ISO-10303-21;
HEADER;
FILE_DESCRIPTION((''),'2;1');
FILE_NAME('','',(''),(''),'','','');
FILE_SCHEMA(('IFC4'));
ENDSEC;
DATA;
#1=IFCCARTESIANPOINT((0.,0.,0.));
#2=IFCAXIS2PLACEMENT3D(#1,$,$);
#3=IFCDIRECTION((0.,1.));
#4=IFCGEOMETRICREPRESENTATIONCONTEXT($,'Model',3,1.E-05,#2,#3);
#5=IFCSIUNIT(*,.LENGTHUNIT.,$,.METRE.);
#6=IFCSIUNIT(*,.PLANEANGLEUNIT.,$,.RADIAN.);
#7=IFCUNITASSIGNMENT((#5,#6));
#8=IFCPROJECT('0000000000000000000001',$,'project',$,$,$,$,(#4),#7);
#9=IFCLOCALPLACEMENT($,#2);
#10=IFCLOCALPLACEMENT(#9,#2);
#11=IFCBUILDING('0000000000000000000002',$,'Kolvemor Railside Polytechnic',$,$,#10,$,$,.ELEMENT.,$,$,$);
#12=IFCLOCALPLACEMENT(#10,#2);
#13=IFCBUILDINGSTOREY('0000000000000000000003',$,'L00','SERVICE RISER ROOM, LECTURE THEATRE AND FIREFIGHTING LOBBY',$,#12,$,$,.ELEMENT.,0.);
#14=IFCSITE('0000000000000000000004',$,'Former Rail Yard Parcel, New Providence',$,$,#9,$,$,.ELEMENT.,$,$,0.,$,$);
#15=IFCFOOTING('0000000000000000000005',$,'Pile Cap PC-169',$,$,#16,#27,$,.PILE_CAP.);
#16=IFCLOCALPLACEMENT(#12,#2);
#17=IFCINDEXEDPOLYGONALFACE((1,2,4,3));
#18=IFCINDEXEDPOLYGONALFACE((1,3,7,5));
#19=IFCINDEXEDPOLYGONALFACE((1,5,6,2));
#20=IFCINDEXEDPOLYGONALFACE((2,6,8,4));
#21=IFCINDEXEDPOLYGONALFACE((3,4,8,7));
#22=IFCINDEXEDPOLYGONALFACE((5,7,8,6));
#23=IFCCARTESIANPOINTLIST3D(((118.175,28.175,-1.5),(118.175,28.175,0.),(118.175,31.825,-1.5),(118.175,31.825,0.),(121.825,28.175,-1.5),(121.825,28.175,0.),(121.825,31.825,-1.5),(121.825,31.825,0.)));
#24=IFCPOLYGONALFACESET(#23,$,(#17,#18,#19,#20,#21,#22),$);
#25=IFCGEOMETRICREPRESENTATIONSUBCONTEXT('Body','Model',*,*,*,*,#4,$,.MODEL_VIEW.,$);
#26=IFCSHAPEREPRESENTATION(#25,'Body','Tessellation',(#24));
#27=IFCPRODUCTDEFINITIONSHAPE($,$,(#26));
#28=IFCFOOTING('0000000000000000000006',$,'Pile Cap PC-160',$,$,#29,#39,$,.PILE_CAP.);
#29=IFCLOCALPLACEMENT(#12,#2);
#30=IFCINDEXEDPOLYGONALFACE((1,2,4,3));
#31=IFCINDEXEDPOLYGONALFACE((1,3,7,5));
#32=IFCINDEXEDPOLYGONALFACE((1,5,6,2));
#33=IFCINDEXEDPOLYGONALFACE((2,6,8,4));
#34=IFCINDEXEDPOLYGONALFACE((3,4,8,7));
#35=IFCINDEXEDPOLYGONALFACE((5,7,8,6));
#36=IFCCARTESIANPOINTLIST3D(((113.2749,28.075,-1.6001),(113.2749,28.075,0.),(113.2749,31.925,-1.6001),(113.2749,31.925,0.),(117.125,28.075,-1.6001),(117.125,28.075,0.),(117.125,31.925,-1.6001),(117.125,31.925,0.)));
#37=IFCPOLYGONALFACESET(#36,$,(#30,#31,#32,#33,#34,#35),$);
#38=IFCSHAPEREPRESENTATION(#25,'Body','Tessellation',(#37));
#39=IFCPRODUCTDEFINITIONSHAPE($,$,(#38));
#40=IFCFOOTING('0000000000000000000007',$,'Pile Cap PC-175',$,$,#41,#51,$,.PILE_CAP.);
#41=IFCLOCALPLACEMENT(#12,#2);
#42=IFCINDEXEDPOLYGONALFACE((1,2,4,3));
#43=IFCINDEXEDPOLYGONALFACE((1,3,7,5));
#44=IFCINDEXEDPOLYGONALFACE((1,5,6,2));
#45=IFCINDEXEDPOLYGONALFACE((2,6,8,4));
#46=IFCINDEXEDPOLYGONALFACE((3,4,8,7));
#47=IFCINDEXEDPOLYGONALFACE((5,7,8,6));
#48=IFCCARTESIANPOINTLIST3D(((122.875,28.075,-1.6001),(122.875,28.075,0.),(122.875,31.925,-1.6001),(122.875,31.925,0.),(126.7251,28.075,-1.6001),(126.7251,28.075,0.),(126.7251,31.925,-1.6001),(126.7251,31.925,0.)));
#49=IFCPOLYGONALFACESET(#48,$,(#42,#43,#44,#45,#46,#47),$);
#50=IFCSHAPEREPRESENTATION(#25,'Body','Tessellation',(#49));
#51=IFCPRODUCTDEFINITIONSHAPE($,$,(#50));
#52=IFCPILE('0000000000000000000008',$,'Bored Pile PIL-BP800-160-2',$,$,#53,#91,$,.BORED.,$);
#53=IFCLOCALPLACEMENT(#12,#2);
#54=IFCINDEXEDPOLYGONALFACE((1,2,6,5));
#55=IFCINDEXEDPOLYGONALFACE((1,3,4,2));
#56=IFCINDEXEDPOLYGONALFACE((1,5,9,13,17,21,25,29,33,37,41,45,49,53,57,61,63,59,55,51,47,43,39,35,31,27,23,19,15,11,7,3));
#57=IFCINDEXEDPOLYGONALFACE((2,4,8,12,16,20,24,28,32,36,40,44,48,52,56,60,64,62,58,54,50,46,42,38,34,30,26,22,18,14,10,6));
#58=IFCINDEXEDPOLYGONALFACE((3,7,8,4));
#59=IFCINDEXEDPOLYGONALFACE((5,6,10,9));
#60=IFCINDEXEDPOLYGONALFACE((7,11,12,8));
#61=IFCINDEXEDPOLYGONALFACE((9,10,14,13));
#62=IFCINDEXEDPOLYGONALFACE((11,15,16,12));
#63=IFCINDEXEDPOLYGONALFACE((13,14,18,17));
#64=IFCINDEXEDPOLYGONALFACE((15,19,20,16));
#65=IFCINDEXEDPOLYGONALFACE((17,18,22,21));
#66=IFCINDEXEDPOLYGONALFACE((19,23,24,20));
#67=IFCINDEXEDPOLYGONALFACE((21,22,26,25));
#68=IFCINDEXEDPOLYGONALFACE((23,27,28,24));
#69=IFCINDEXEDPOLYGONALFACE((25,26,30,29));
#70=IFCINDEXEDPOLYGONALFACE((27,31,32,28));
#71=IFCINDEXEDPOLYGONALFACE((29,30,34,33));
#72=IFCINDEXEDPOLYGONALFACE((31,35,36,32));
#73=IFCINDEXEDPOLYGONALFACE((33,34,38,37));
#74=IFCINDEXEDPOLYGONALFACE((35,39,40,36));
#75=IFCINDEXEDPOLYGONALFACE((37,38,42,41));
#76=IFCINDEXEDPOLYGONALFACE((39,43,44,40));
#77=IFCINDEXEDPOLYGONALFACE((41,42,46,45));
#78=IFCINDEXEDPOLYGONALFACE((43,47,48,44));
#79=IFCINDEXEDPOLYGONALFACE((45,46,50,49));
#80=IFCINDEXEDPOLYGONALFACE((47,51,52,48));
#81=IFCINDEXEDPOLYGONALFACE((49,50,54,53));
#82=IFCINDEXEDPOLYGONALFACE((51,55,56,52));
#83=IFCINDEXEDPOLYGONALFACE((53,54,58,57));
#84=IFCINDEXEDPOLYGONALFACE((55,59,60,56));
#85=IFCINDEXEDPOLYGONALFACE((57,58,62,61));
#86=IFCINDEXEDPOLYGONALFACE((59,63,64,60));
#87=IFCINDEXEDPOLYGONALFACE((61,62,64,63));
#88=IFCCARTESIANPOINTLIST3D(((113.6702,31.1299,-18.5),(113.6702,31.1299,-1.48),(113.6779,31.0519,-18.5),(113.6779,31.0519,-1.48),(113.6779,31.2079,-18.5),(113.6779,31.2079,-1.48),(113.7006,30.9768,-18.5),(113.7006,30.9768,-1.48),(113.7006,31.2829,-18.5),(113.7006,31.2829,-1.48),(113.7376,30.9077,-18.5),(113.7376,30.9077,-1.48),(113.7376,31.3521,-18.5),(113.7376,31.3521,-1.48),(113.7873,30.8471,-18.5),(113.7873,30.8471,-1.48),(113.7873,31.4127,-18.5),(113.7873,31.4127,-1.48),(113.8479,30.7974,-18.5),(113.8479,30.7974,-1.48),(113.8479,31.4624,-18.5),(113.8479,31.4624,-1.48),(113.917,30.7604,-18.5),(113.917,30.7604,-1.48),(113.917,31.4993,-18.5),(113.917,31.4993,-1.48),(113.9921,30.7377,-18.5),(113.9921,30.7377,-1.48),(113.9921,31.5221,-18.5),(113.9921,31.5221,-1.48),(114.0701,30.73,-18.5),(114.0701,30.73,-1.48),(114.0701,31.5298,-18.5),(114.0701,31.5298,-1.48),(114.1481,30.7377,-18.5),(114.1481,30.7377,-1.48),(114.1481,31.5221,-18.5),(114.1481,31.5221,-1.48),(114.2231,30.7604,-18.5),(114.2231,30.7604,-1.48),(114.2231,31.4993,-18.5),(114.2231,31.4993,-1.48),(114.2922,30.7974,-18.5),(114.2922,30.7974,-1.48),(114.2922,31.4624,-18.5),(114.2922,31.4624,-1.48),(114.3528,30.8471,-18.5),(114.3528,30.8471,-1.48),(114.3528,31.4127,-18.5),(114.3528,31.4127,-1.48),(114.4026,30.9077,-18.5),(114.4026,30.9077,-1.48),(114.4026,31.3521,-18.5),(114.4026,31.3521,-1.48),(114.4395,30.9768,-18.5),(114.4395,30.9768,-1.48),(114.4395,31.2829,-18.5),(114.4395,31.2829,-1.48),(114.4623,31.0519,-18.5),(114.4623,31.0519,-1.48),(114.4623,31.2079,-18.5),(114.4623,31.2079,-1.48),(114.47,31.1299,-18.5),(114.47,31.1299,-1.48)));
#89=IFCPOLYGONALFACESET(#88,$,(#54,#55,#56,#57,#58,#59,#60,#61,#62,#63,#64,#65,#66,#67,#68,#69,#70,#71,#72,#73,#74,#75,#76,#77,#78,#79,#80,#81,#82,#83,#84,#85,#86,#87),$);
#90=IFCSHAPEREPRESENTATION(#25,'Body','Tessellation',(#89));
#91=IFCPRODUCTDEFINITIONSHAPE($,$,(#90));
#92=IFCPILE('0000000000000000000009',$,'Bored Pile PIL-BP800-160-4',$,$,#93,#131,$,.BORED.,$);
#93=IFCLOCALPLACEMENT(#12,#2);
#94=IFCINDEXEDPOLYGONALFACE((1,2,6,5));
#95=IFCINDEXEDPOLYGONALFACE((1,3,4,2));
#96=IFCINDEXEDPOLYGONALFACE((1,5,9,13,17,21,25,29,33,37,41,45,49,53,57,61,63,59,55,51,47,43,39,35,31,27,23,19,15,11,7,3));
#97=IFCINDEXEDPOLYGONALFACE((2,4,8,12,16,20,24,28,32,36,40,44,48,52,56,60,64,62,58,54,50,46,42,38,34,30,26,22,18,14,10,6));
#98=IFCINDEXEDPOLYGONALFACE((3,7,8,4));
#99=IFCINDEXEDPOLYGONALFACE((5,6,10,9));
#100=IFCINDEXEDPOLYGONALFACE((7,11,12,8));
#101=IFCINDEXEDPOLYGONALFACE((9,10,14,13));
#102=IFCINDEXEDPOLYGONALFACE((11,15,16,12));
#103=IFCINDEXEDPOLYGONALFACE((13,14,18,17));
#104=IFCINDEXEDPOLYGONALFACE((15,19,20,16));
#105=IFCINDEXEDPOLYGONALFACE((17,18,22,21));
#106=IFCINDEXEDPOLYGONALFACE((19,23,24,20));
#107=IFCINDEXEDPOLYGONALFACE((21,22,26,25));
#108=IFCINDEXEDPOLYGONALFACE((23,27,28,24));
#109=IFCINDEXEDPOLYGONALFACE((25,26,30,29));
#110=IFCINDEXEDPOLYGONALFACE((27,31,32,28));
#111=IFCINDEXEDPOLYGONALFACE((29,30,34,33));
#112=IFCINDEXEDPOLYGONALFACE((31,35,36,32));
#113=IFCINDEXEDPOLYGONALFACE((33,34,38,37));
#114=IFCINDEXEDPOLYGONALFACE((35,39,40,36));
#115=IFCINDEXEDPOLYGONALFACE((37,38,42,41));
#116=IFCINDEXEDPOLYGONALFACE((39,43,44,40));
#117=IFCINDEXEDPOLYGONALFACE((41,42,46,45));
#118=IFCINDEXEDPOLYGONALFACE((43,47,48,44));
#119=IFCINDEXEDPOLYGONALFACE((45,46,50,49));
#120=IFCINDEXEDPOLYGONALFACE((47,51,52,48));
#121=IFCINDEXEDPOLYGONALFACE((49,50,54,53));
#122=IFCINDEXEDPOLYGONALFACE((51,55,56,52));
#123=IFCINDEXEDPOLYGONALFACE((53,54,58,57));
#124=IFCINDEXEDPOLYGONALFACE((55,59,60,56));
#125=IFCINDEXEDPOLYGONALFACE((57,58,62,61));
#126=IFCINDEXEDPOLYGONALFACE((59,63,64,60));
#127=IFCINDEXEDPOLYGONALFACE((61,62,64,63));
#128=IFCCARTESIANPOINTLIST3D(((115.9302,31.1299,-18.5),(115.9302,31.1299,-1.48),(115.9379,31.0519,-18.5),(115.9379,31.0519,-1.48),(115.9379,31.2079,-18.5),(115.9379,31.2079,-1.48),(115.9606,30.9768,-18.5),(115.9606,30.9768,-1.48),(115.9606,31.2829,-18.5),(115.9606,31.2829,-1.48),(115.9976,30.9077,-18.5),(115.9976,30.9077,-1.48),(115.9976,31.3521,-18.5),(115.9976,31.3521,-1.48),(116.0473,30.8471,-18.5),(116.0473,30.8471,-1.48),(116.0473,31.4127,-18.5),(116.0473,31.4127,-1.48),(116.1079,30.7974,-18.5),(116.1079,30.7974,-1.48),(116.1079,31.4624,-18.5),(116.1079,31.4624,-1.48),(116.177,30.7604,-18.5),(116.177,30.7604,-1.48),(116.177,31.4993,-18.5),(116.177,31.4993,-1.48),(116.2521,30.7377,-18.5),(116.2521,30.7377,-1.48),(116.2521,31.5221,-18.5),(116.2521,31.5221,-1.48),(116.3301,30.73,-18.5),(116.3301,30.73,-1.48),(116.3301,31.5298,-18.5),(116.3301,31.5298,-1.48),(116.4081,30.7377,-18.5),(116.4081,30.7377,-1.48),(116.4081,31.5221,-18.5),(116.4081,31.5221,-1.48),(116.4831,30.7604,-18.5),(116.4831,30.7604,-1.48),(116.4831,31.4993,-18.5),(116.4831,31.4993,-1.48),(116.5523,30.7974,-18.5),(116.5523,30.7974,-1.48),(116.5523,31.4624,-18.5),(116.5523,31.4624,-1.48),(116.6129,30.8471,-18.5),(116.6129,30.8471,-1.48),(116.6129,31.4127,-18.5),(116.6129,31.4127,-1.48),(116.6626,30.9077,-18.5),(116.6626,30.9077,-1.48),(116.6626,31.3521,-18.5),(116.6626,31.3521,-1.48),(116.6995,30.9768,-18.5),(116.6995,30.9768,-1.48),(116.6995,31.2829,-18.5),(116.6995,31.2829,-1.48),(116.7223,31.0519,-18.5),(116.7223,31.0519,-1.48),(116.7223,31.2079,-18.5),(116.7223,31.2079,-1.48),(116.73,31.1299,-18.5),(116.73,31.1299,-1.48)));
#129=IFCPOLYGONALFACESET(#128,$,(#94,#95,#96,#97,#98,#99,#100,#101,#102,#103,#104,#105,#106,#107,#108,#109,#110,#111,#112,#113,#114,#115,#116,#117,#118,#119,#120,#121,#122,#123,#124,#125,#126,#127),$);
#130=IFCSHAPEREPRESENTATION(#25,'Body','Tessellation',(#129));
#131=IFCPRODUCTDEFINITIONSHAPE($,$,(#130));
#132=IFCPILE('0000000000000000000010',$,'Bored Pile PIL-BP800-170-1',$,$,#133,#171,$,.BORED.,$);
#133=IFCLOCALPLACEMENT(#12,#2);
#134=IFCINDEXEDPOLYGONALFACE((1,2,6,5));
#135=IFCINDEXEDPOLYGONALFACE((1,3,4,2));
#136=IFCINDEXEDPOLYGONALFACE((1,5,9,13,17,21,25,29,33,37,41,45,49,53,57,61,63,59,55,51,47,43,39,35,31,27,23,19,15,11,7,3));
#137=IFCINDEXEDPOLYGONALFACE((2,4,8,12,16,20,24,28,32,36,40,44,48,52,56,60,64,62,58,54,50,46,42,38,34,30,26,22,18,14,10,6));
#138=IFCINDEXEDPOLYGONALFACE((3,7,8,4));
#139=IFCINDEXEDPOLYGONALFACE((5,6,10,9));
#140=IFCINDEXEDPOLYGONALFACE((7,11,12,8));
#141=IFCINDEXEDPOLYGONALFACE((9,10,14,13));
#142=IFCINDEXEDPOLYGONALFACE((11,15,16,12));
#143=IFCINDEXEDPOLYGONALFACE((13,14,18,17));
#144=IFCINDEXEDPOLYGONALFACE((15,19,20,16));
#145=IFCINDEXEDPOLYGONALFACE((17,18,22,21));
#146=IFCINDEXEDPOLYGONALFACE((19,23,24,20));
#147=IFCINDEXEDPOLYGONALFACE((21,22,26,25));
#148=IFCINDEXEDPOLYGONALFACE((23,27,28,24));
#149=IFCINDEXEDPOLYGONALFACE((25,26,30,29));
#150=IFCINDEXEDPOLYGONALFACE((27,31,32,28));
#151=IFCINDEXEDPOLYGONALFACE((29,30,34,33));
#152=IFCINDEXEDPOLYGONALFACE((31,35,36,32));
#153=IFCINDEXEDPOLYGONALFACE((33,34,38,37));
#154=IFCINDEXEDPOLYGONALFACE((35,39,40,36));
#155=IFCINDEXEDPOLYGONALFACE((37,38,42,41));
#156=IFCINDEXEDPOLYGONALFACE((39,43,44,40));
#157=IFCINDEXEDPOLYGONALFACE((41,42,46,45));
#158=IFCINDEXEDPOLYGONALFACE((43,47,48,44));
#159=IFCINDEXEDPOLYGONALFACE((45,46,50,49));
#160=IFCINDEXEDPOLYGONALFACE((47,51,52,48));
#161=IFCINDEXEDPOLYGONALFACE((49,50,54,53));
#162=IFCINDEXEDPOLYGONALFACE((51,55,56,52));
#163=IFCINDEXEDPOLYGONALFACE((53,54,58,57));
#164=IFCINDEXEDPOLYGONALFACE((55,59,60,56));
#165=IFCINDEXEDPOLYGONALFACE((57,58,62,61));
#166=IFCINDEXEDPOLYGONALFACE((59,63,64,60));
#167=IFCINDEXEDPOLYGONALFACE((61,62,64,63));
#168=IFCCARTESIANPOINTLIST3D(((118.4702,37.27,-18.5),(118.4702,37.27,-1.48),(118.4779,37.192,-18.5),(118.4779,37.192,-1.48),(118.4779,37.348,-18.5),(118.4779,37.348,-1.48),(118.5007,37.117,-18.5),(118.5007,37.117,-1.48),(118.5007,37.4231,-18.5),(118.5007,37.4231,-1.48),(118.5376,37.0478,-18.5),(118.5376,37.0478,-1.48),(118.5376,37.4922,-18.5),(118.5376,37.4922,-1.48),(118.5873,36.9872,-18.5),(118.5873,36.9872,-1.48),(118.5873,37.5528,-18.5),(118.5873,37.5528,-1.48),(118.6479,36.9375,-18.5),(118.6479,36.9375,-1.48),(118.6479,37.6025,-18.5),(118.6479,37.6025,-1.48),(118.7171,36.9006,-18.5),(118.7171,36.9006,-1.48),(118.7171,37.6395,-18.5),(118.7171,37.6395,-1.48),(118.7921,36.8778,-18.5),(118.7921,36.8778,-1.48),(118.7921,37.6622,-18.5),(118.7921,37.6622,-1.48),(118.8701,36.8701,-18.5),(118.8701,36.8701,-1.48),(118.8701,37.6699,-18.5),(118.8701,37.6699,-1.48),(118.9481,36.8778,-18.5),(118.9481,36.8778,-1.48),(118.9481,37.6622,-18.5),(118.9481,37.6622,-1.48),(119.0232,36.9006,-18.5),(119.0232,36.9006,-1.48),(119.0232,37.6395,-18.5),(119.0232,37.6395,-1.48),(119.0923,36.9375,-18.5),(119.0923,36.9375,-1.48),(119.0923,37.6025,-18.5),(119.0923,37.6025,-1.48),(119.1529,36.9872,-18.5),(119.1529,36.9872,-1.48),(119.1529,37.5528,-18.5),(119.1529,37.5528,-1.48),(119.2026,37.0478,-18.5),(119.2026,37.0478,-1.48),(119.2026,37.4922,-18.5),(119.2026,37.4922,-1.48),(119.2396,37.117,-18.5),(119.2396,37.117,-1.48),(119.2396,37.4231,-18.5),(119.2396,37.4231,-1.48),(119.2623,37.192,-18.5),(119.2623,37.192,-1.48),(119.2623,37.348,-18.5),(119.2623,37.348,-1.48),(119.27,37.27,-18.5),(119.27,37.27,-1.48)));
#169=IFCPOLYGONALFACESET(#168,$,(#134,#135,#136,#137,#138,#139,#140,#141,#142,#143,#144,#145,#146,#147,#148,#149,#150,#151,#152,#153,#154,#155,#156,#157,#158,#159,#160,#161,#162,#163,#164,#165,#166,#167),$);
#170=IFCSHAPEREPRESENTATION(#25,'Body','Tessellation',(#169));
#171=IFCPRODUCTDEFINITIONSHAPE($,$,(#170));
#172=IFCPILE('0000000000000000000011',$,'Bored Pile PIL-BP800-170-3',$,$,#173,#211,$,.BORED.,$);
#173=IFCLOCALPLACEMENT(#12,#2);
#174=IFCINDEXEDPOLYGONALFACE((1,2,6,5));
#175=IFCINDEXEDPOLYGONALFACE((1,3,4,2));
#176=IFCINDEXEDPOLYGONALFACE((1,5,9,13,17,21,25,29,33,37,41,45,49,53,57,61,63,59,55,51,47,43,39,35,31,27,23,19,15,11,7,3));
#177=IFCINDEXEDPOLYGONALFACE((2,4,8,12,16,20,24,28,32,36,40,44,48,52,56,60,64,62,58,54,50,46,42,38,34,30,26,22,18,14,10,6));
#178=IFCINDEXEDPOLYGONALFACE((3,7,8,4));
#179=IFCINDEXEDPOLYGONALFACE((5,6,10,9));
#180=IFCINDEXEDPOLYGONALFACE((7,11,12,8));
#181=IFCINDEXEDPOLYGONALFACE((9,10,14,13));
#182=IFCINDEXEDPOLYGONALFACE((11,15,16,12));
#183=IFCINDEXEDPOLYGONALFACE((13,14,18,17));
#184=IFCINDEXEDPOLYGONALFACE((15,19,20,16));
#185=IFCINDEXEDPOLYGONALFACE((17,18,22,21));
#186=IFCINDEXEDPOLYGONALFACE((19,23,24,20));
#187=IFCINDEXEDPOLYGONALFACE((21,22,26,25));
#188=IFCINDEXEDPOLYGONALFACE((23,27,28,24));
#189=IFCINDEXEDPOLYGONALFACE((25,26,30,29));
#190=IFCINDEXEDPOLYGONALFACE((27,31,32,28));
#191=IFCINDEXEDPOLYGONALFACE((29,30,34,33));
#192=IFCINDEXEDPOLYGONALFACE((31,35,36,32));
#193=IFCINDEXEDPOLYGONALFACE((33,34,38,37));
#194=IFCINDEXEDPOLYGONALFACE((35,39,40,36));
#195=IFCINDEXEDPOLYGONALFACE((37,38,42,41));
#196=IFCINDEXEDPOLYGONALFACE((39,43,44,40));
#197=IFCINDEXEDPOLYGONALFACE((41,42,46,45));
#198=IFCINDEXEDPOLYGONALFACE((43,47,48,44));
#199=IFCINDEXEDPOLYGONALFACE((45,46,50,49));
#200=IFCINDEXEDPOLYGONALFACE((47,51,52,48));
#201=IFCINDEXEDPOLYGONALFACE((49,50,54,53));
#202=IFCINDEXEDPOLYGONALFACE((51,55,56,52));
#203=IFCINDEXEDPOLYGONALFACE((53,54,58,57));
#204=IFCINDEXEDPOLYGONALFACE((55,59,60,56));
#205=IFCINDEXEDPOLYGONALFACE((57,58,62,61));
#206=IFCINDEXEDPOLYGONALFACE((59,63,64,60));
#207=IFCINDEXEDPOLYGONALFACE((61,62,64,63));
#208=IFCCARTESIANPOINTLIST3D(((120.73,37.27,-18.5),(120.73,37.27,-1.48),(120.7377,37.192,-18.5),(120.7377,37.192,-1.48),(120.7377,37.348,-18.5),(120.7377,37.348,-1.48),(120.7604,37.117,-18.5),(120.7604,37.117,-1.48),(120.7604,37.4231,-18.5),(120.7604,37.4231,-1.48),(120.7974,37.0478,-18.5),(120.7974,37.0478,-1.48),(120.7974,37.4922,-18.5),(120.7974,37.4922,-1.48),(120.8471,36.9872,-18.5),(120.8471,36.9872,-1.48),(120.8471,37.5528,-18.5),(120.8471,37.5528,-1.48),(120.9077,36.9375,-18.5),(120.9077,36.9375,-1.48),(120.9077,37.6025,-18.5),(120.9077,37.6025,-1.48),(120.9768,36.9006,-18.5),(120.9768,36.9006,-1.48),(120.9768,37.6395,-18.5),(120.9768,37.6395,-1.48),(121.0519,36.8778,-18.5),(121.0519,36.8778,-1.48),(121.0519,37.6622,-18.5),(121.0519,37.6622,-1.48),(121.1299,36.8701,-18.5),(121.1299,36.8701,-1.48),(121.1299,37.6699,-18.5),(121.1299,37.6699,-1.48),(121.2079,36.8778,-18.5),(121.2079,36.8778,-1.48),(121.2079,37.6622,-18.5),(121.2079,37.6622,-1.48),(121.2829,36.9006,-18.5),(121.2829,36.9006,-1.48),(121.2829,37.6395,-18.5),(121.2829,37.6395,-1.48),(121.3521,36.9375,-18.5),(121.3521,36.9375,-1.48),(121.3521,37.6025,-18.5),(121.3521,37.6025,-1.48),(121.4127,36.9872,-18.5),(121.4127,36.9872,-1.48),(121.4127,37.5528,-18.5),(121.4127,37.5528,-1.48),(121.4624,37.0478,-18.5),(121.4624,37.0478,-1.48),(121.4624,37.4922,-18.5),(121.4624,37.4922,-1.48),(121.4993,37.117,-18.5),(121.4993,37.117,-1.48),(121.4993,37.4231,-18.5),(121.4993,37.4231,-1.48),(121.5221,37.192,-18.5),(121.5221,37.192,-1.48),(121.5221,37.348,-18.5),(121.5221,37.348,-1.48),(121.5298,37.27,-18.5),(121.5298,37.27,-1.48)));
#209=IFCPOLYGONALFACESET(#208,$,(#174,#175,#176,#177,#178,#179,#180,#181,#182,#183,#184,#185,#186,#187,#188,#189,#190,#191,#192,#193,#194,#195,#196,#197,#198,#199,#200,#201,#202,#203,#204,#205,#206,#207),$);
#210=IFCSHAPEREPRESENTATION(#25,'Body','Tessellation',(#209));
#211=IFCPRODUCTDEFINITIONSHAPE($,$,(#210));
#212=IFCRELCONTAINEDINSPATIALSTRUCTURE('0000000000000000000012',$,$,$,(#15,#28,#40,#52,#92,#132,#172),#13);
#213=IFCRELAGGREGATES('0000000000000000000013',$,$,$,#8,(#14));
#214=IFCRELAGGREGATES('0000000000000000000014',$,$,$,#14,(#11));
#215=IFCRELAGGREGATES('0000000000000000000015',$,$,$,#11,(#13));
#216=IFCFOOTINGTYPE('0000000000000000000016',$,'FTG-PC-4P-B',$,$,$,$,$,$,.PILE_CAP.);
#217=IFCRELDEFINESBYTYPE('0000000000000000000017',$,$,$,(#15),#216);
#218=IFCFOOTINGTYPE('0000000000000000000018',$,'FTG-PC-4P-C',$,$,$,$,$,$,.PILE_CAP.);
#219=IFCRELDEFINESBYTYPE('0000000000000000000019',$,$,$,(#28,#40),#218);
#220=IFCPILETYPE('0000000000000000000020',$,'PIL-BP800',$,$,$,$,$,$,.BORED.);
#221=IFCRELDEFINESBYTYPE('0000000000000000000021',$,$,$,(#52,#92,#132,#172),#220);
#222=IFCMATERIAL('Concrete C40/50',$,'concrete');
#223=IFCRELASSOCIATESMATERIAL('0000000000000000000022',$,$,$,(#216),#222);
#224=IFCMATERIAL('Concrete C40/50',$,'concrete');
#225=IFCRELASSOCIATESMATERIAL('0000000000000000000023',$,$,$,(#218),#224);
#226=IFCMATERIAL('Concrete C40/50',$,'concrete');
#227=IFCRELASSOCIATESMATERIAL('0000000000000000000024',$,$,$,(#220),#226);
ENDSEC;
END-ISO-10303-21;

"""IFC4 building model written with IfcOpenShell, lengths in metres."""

from ifc_helpers import new_model, si_unit, direction, frame, origin, origin_2d, place, context, subcontext, project, spatial, rectangle, circle, extrude, material, material_profile, profile_set, type_object, element, save


model = new_model("IFC4")

# Units and contexts
model_context = context("Model", 3, precision=1e-05, world=origin(), true_north=direction((0.0, 1.0)))
body_context = subcontext(model_context, "Body", "Model", "MODEL_VIEW")
ifc_project = project(units=[si_unit("LENGTHUNIT", "METRE"), si_unit("PLANEANGLEUNIT", "RADIAN")], contexts=[model_context])

# Site, building, storey
site_placement = place(None, origin())
site = spatial("IfcSite", under=ifc_project, at=site_placement, Name="Former Rail Yard Parcel, New Providence", CompositionType="ELEMENT", RefElevation=0.0)
building_placement = place(site_placement, origin())
building = spatial("IfcBuilding", under=site, at=building_placement, Name="Kolvemor Railside Polytechnic", CompositionType="ELEMENT")
storey_placement = place(building_placement, origin())
storey = spatial("IfcBuildingStorey", under=building, at=storey_placement, Name="L00", Description="SERVICE RISER ROOM, LECTURE THEATRE AND FIREFIGHTING LOBBY", CompositionType="ELEMENT", Elevation=0.0)

# Footings
ifc_material_1 = material(Name="Concrete C40/50", Category="concrete")
footing_type_1 = type_object("IfcFootingType", Name="FTG-PC-4P-B", PredefinedType="PILE_CAP", material=ifc_material_1)
footing_placement = place(storey_placement, frame((120.0, 30.0, -1.5), z_axis=(0.0, 0.0, 1.0), x_axis=(1.0, 0.0, 0.0)))
element("IfcFooting", 1, at=footing_placement, inside=storey, type_object=footing_type_1, Name="Pile Cap PC-169", PredefinedType="PILE_CAP", context=body_context, shape_type="SweptSolid", body=[
    extrude(rectangle(XDim=3.6499, YDim=3.6499, at=origin_2d()), origin(), (0.0, 0.0, 1.0), 1.5),
])
ifc_material_2 = material(Name="Concrete C40/50", Category="concrete")
footing_type_2 = type_object("IfcFootingType", Name="FTG-PC-4P-C", PredefinedType="PILE_CAP", material=ifc_material_2)
for number, where, z_axis, x_axis, name in (
    (2, (115.2, 30.0, -1.6001), (0.0, 0.0, 1.0), (1.0, 0.0, 0.0), "Pile Cap PC-160"),
    (3, (124.8, 30.0, -1.6001), (0.0, 0.0, 1.0), (1.0, 0.0, 0.0), "Pile Cap PC-175"),
):
    element("IfcFooting", number, at=place(storey_placement, frame(where, z_axis=z_axis, x_axis=x_axis)), inside=storey, type_object=footing_type_2, Name=name, PredefinedType="PILE_CAP", context=body_context, shape_type="SweptSolid", body=[
        extrude(rectangle(XDim=3.8501, YDim=3.8501, at=origin_2d()), origin(), (0.0, 0.0, 1.0), 1.6001),
    ])

# Piles
ifc_material_3 = material(Name="Concrete C40/50", Category="concrete")
ifc_material_profile_1 = material_profile(ifc_material_3, circle(Radius=0.3999, at=origin_2d()), Name="BP800")
ifc_profile_set_1 = profile_set([ifc_material_profile_1], Name="Concrete C40/50")
pile_type_1 = type_object("IfcPileType", Name="PIL-BP800", PredefinedType="BORED", material=ifc_profile_set_1)
for number, where, z_axis, x_axis, name in (
    (4, (114.0701, 31.1299, -1.48), (0.0, 0.0, -1.0), (1.0, 0.0, 0.0), "Bored Pile PIL-BP800-160-2"),
    (5, (116.3301, 31.1299, -1.48), (0.0, 0.0, -1.0), (1.0, 0.0, 0.0), "Bored Pile PIL-BP800-160-4"),
    (6, (118.8701, 37.27, -1.48), (0.0, 0.0, -1.0), (1.0, 0.0, 0.0), "Bored Pile PIL-BP800-170-1"),
    (7, (121.1299, 37.27, -1.48), (0.0, 0.0, -1.0), (1.0, 0.0, 0.0), "Bored Pile PIL-BP800-170-3"),
):
    element("IfcPile", number, at=place(storey_placement, frame(where, z_axis=z_axis, x_axis=x_axis)), inside=storey, type_object=pile_type_1, Name=name, PredefinedType="BORED", context=body_context, shape_type="SweptSolid", body=[
        extrude(circle(Radius=0.3999, at=origin_2d()), origin(), (0.0, 0.0, 1.0), 17.02),
    ])

save(model, "model.ifc")
